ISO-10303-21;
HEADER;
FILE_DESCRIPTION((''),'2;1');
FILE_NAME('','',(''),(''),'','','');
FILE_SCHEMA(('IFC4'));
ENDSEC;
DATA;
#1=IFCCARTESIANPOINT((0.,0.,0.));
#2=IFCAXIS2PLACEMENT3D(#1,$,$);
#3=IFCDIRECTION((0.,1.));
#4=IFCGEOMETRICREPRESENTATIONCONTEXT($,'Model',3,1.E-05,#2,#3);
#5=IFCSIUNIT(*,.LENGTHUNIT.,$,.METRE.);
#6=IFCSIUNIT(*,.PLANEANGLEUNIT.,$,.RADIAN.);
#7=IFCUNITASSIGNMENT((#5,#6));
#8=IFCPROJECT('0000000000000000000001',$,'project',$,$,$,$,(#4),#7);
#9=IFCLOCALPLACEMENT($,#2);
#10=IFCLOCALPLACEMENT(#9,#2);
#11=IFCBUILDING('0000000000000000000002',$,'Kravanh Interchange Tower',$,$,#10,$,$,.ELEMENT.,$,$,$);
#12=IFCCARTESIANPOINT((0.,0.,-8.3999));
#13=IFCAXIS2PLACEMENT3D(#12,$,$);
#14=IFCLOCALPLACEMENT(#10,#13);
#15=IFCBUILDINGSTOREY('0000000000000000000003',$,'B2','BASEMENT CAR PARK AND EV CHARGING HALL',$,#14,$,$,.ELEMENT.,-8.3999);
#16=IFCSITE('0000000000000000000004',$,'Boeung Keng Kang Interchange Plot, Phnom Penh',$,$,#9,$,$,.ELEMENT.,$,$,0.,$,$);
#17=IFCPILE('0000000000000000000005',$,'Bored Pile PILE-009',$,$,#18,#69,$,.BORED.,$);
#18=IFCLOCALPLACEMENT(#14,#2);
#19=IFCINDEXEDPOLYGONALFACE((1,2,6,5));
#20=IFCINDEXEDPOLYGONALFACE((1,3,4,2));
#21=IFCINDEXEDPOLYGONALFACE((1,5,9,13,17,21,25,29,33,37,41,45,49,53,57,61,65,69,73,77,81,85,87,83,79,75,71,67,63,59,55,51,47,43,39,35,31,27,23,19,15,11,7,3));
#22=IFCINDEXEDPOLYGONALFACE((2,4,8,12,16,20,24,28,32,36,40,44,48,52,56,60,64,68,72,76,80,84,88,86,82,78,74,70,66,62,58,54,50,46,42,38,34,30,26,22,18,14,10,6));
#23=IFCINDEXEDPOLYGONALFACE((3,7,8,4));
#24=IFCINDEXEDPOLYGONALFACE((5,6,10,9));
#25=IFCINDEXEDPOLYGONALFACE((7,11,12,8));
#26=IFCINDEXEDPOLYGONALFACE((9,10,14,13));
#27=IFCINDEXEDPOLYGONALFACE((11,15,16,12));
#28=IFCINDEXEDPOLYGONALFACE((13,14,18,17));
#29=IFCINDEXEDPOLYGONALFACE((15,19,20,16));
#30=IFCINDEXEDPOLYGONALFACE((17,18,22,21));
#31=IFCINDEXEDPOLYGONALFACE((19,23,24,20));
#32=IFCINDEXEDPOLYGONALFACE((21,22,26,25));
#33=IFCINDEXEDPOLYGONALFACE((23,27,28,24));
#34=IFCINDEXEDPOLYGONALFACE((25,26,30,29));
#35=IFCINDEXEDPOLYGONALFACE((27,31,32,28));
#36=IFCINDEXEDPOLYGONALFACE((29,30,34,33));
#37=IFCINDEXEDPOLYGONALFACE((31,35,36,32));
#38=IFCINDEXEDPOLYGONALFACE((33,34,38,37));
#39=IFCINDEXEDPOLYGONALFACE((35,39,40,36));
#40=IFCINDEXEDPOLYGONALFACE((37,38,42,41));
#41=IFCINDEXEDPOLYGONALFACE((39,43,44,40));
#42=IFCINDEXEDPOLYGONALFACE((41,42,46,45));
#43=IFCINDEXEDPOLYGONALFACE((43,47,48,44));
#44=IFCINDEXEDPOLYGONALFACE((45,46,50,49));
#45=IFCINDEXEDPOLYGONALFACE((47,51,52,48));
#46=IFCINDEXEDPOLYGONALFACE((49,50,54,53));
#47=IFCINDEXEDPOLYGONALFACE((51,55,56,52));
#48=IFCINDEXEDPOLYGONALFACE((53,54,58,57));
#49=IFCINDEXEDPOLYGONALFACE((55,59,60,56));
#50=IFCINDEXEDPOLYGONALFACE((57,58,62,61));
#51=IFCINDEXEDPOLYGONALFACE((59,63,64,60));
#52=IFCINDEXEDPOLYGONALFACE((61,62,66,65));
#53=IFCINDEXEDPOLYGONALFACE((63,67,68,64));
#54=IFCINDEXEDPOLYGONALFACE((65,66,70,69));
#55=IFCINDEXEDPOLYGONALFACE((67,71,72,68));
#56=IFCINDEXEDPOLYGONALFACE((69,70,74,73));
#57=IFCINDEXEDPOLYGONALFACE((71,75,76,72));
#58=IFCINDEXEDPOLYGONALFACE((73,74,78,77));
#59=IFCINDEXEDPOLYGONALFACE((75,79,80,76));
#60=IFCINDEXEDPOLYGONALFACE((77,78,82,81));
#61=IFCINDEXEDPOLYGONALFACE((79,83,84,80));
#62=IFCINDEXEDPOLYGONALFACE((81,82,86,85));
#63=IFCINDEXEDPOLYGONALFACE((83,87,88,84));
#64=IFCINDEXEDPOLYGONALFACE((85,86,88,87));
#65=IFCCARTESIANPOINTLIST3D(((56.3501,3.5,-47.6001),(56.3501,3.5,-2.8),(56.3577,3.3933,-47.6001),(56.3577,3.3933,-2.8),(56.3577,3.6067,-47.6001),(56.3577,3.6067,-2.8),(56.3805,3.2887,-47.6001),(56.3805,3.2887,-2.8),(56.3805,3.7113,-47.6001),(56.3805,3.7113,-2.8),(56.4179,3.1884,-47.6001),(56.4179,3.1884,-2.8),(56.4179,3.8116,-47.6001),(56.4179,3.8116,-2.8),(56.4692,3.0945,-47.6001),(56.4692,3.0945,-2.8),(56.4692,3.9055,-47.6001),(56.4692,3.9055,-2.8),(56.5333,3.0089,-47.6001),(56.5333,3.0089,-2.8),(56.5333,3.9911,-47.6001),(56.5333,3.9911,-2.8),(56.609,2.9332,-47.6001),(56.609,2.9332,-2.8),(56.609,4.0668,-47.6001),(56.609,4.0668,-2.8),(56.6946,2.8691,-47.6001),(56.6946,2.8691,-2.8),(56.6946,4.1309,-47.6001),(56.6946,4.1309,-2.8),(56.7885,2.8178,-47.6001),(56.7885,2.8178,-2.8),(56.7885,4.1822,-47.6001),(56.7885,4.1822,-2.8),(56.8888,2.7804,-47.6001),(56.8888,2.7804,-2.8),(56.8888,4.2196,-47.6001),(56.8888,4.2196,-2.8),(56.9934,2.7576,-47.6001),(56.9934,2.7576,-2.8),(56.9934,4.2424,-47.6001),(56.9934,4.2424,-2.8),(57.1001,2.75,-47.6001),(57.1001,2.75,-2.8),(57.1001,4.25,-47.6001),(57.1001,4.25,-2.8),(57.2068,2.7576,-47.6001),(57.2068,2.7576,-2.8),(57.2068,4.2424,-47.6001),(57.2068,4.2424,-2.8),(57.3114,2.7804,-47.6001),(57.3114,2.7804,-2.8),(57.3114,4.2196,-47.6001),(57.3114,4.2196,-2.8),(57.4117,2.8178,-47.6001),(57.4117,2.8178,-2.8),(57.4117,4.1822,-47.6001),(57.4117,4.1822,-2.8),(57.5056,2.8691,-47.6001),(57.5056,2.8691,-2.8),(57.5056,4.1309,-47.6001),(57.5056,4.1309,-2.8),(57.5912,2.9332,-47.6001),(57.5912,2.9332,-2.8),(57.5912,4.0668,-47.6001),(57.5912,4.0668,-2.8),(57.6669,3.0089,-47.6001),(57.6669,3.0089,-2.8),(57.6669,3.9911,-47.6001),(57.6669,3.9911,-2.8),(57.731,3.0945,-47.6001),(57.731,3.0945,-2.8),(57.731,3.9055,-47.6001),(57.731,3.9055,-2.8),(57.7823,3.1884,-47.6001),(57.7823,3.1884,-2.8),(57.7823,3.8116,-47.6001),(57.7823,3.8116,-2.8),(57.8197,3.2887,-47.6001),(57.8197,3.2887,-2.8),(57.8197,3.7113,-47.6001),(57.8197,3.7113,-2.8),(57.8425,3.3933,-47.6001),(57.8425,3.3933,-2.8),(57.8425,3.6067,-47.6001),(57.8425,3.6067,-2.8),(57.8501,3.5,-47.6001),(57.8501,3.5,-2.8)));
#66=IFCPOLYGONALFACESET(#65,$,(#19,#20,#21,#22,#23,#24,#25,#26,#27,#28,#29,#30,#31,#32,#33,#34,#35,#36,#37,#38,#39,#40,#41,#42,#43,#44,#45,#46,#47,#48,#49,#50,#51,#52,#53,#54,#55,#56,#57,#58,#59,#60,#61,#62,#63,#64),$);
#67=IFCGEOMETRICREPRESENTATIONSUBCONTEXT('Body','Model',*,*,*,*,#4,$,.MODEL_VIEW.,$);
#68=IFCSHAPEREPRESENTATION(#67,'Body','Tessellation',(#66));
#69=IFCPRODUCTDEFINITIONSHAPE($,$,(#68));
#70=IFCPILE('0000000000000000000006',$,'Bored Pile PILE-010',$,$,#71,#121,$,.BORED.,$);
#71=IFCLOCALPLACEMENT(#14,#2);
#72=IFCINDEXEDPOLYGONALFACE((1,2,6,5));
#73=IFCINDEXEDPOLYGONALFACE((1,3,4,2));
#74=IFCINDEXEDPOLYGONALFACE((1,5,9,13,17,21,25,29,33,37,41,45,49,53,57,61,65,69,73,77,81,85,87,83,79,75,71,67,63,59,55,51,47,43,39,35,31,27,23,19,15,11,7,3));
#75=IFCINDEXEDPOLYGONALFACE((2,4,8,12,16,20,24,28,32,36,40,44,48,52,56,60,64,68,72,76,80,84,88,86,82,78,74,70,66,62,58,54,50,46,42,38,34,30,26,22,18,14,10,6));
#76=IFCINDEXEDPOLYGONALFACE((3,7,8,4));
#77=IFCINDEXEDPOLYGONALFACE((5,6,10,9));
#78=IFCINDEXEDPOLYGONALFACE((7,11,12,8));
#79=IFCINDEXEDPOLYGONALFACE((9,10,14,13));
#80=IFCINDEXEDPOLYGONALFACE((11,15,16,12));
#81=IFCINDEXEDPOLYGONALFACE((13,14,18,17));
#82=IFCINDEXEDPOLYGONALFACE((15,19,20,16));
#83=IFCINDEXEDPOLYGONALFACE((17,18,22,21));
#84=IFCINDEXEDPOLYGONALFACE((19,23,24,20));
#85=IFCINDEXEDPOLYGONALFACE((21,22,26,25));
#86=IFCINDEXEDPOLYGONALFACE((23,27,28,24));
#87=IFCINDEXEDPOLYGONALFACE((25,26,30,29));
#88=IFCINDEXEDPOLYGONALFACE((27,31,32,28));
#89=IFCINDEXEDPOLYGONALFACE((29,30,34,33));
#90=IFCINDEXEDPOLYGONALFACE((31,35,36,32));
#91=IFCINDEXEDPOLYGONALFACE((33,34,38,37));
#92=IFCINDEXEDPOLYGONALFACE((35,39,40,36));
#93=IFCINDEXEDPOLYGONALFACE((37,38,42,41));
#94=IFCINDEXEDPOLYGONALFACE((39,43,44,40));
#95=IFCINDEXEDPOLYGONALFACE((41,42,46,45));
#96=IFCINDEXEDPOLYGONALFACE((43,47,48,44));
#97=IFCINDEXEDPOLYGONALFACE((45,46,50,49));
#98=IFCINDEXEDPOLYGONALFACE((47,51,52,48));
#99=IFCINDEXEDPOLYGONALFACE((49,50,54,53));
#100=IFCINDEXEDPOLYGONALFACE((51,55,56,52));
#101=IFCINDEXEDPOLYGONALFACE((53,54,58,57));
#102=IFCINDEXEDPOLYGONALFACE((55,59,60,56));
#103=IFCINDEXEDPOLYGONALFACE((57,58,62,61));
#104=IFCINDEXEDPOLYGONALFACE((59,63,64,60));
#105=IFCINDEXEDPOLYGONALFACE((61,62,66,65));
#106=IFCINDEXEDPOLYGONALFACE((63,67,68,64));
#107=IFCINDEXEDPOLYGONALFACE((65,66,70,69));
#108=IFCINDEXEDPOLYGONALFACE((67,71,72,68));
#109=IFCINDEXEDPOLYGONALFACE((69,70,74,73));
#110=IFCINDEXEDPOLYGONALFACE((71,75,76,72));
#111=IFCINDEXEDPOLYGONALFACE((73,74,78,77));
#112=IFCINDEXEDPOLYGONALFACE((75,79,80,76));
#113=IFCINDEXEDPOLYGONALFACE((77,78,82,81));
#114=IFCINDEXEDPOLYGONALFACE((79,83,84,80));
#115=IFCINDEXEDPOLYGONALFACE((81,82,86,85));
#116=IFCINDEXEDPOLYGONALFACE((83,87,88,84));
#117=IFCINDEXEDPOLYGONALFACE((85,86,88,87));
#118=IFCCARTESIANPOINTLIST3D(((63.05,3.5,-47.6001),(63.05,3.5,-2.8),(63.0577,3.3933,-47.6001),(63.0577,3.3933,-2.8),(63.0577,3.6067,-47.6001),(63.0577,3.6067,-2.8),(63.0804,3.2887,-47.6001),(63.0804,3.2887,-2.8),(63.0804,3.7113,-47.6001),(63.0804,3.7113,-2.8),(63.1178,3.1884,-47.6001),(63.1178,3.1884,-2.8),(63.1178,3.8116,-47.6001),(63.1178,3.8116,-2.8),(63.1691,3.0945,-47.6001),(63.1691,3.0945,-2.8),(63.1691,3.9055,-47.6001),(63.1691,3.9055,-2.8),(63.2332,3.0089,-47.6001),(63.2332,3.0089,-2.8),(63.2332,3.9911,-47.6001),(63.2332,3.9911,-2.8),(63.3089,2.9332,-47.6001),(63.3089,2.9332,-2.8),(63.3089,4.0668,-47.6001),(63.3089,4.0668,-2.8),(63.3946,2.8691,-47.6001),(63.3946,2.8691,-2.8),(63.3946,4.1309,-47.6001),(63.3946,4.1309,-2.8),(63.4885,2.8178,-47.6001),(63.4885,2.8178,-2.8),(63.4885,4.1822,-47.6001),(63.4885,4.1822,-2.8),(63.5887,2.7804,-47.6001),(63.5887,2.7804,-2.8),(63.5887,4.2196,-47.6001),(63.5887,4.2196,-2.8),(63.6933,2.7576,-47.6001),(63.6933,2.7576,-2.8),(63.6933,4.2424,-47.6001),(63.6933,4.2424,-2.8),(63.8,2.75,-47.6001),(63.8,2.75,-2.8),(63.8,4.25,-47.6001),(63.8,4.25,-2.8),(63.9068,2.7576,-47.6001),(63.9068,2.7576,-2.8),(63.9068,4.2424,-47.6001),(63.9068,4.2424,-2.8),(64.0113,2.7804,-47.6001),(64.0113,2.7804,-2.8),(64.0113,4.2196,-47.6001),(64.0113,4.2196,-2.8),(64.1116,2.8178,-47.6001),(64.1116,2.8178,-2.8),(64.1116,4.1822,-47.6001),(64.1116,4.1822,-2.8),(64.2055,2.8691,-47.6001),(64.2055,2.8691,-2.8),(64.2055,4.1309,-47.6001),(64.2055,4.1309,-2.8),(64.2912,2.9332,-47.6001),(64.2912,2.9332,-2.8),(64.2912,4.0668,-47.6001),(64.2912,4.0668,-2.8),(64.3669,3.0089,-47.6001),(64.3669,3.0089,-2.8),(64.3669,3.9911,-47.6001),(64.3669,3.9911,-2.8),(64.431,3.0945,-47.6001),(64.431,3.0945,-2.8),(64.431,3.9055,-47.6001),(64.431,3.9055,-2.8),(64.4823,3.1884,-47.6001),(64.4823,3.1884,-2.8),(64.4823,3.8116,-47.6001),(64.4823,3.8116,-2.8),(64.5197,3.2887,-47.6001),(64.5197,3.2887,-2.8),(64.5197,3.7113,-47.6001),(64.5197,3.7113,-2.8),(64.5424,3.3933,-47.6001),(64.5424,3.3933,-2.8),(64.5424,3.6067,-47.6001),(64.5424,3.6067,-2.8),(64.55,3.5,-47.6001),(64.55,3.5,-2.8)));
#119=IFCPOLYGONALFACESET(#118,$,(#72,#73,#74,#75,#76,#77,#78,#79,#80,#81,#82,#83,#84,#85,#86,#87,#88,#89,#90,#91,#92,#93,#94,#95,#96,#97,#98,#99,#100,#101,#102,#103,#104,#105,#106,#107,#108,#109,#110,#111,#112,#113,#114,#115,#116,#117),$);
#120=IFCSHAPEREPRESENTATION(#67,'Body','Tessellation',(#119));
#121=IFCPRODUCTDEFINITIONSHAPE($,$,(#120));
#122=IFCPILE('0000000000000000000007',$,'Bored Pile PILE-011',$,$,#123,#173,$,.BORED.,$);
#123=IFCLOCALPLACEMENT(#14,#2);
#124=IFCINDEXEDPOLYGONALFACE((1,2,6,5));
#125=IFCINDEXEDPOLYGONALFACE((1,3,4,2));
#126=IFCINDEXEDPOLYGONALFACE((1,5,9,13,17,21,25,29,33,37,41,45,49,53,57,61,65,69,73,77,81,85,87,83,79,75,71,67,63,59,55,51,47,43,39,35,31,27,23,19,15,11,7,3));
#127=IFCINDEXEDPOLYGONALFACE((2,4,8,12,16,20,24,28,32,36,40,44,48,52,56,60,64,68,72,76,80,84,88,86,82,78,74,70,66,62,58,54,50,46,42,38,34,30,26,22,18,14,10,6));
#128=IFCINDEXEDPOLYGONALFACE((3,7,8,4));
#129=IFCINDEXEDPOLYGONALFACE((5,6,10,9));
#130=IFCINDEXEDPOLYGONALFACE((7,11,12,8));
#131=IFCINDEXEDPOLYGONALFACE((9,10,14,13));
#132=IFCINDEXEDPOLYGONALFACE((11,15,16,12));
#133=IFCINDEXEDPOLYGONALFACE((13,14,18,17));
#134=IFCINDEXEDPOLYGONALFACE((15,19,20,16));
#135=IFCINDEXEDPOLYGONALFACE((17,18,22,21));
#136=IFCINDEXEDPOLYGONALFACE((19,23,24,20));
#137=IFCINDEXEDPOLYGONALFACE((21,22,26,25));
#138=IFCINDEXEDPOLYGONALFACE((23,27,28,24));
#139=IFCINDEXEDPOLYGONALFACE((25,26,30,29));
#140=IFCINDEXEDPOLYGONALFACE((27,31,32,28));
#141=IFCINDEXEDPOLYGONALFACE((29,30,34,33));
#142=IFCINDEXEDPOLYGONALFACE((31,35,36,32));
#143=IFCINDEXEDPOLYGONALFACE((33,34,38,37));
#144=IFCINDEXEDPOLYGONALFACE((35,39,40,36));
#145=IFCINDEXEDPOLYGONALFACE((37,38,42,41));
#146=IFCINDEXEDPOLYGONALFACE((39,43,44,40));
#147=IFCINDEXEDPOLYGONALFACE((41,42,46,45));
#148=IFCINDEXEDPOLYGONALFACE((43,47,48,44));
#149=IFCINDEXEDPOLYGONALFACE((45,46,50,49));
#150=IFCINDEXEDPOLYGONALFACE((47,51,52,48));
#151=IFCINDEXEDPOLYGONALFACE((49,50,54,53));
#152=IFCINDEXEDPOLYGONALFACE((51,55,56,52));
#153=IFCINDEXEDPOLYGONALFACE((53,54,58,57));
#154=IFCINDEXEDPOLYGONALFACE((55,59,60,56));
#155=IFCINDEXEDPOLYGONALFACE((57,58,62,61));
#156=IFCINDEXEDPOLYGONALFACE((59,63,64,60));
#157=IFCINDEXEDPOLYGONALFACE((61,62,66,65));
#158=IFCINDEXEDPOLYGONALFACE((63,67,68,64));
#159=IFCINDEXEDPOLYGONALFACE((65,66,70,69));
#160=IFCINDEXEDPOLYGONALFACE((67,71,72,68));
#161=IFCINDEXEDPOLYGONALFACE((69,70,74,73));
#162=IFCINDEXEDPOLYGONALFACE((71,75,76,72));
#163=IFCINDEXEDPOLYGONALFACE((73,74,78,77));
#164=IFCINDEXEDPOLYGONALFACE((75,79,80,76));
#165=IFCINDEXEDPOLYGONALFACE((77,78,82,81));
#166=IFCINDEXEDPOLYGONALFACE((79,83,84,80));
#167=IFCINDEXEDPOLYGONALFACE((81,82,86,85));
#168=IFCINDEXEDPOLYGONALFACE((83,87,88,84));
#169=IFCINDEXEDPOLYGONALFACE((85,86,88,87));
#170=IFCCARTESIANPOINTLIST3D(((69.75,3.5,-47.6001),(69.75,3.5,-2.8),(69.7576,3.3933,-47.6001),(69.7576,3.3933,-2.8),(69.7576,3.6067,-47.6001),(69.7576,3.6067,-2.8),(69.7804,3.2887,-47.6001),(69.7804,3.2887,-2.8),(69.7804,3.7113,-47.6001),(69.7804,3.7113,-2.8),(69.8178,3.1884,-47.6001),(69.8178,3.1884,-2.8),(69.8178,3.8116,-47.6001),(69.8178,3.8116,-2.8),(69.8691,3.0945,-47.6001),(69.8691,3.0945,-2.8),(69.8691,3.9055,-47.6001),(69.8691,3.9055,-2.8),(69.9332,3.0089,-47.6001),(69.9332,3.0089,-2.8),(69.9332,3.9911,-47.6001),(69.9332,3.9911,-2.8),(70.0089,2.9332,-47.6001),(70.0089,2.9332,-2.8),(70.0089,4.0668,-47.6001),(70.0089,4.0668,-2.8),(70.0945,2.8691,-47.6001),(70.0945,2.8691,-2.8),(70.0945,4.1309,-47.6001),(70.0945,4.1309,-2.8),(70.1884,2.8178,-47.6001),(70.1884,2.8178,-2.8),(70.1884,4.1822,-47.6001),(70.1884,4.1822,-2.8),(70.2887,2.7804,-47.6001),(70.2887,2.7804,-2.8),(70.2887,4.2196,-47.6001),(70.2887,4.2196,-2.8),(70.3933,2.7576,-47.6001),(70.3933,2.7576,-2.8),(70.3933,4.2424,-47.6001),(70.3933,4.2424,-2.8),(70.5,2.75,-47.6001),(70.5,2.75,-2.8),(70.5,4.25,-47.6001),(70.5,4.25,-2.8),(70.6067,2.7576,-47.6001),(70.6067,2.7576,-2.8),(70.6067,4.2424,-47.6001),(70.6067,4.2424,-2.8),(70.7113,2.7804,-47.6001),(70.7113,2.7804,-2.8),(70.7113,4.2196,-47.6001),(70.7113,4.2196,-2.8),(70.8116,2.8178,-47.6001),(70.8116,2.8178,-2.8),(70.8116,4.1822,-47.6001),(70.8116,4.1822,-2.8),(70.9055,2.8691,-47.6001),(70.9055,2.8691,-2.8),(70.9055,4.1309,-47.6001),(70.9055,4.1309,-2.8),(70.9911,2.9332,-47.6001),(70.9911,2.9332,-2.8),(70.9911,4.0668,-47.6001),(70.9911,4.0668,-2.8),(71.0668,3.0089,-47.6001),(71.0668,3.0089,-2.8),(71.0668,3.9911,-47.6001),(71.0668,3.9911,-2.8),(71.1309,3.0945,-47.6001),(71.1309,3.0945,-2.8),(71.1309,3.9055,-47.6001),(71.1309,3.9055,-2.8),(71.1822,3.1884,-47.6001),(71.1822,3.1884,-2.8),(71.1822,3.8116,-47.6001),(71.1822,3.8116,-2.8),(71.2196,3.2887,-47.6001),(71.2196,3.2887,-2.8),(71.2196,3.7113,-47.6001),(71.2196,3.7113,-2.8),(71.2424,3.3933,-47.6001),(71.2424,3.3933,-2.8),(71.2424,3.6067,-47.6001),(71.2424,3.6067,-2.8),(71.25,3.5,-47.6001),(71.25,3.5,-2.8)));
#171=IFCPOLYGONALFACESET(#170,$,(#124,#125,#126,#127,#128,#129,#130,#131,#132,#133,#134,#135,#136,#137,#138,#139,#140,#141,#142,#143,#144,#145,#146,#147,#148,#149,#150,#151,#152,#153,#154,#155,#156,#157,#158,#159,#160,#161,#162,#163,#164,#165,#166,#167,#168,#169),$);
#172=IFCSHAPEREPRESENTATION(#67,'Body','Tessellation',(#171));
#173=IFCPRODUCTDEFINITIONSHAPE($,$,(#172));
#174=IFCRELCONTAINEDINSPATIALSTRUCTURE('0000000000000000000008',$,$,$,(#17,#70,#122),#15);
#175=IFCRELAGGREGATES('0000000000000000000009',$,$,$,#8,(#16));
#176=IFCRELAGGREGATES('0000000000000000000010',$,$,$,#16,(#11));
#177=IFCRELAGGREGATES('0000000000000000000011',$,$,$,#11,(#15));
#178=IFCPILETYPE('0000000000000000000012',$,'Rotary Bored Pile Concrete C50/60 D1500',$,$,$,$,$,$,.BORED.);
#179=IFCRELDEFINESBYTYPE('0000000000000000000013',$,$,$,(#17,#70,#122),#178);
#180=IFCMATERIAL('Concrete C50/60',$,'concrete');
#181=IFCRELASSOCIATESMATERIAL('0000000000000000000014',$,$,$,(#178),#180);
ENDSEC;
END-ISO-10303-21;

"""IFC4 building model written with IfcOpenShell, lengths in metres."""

from ifc_helpers import new_model, si_unit, direction, frame, origin, origin_2d, place, context, subcontext, project, spatial, circle, extrude, material, material_profile, profile_set, type_object, element, save


model = new_model("IFC4")

# Units and contexts
model_context = context("Model", 3, precision=1e-05, world=origin(), true_north=direction((0.0, 1.0)))
body_context = subcontext(model_context, "Body", "Model", "MODEL_VIEW")
ifc_project = project(units=[si_unit("LENGTHUNIT", "METRE"), si_unit("PLANEANGLEUNIT", "RADIAN")], contexts=[model_context])

# Site, building, storey
site_placement = place(None, origin())
site = spatial("IfcSite", under=ifc_project, at=site_placement, Name="Boeung Keng Kang Interchange Plot, Phnom Penh", CompositionType="ELEMENT", RefElevation=0.0)
building_placement = place(site_placement, origin())
building = spatial("IfcBuilding", under=site, at=building_placement, Name="Kravanh Interchange Tower", CompositionType="ELEMENT")
storey_placement = place(building_placement, frame((0.0, 0.0, -8.3999)))
storey = spatial("IfcBuildingStorey", under=building, at=storey_placement, Name="B2", Description="BASEMENT CAR PARK AND EV CHARGING HALL", CompositionType="ELEMENT", Elevation=-8.3999)

# Piles
ifc_material_1 = material(Name="Concrete C50/60", Category="concrete")
ifc_material_profile_1 = material_profile(ifc_material_1, circle(Radius=0.75, at=origin_2d()), Name="PILE-D1500")
ifc_profile_set_1 = profile_set([ifc_material_profile_1], Name="Concrete C50/60")
pile_type = type_object("IfcPileType", Name="Rotary Bored Pile Concrete C50/60 D1500", PredefinedType="BORED", material=ifc_profile_set_1)
for number, where, z_axis, x_axis, name in (
    (1, (57.1001, 3.5, -2.8), (0.0, 0.0, -1.0), (1.0, 0.0, 0.0), "Bored Pile PILE-009"),
    (2, (63.8, 3.5, -2.8), (0.0, 0.0, -1.0), (1.0, 0.0, 0.0), "Bored Pile PILE-010"),
    (3, (70.5, 3.5, -2.8), (0.0, 0.0, -1.0), (1.0, 0.0, 0.0), "Bored Pile PILE-011"),
):
    element("IfcPile", number, at=place(storey_placement, frame(where, z_axis=z_axis, x_axis=x_axis)), inside=storey, type_object=pile_type, Name=name, PredefinedType="BORED", context=body_context, shape_type="SweptSolid", body=[
        extrude(circle(Radius=0.75, at=origin_2d()), origin(), (0.0, 0.0, 1.0), 44.8),
    ])

save(model, "model.ifc")
